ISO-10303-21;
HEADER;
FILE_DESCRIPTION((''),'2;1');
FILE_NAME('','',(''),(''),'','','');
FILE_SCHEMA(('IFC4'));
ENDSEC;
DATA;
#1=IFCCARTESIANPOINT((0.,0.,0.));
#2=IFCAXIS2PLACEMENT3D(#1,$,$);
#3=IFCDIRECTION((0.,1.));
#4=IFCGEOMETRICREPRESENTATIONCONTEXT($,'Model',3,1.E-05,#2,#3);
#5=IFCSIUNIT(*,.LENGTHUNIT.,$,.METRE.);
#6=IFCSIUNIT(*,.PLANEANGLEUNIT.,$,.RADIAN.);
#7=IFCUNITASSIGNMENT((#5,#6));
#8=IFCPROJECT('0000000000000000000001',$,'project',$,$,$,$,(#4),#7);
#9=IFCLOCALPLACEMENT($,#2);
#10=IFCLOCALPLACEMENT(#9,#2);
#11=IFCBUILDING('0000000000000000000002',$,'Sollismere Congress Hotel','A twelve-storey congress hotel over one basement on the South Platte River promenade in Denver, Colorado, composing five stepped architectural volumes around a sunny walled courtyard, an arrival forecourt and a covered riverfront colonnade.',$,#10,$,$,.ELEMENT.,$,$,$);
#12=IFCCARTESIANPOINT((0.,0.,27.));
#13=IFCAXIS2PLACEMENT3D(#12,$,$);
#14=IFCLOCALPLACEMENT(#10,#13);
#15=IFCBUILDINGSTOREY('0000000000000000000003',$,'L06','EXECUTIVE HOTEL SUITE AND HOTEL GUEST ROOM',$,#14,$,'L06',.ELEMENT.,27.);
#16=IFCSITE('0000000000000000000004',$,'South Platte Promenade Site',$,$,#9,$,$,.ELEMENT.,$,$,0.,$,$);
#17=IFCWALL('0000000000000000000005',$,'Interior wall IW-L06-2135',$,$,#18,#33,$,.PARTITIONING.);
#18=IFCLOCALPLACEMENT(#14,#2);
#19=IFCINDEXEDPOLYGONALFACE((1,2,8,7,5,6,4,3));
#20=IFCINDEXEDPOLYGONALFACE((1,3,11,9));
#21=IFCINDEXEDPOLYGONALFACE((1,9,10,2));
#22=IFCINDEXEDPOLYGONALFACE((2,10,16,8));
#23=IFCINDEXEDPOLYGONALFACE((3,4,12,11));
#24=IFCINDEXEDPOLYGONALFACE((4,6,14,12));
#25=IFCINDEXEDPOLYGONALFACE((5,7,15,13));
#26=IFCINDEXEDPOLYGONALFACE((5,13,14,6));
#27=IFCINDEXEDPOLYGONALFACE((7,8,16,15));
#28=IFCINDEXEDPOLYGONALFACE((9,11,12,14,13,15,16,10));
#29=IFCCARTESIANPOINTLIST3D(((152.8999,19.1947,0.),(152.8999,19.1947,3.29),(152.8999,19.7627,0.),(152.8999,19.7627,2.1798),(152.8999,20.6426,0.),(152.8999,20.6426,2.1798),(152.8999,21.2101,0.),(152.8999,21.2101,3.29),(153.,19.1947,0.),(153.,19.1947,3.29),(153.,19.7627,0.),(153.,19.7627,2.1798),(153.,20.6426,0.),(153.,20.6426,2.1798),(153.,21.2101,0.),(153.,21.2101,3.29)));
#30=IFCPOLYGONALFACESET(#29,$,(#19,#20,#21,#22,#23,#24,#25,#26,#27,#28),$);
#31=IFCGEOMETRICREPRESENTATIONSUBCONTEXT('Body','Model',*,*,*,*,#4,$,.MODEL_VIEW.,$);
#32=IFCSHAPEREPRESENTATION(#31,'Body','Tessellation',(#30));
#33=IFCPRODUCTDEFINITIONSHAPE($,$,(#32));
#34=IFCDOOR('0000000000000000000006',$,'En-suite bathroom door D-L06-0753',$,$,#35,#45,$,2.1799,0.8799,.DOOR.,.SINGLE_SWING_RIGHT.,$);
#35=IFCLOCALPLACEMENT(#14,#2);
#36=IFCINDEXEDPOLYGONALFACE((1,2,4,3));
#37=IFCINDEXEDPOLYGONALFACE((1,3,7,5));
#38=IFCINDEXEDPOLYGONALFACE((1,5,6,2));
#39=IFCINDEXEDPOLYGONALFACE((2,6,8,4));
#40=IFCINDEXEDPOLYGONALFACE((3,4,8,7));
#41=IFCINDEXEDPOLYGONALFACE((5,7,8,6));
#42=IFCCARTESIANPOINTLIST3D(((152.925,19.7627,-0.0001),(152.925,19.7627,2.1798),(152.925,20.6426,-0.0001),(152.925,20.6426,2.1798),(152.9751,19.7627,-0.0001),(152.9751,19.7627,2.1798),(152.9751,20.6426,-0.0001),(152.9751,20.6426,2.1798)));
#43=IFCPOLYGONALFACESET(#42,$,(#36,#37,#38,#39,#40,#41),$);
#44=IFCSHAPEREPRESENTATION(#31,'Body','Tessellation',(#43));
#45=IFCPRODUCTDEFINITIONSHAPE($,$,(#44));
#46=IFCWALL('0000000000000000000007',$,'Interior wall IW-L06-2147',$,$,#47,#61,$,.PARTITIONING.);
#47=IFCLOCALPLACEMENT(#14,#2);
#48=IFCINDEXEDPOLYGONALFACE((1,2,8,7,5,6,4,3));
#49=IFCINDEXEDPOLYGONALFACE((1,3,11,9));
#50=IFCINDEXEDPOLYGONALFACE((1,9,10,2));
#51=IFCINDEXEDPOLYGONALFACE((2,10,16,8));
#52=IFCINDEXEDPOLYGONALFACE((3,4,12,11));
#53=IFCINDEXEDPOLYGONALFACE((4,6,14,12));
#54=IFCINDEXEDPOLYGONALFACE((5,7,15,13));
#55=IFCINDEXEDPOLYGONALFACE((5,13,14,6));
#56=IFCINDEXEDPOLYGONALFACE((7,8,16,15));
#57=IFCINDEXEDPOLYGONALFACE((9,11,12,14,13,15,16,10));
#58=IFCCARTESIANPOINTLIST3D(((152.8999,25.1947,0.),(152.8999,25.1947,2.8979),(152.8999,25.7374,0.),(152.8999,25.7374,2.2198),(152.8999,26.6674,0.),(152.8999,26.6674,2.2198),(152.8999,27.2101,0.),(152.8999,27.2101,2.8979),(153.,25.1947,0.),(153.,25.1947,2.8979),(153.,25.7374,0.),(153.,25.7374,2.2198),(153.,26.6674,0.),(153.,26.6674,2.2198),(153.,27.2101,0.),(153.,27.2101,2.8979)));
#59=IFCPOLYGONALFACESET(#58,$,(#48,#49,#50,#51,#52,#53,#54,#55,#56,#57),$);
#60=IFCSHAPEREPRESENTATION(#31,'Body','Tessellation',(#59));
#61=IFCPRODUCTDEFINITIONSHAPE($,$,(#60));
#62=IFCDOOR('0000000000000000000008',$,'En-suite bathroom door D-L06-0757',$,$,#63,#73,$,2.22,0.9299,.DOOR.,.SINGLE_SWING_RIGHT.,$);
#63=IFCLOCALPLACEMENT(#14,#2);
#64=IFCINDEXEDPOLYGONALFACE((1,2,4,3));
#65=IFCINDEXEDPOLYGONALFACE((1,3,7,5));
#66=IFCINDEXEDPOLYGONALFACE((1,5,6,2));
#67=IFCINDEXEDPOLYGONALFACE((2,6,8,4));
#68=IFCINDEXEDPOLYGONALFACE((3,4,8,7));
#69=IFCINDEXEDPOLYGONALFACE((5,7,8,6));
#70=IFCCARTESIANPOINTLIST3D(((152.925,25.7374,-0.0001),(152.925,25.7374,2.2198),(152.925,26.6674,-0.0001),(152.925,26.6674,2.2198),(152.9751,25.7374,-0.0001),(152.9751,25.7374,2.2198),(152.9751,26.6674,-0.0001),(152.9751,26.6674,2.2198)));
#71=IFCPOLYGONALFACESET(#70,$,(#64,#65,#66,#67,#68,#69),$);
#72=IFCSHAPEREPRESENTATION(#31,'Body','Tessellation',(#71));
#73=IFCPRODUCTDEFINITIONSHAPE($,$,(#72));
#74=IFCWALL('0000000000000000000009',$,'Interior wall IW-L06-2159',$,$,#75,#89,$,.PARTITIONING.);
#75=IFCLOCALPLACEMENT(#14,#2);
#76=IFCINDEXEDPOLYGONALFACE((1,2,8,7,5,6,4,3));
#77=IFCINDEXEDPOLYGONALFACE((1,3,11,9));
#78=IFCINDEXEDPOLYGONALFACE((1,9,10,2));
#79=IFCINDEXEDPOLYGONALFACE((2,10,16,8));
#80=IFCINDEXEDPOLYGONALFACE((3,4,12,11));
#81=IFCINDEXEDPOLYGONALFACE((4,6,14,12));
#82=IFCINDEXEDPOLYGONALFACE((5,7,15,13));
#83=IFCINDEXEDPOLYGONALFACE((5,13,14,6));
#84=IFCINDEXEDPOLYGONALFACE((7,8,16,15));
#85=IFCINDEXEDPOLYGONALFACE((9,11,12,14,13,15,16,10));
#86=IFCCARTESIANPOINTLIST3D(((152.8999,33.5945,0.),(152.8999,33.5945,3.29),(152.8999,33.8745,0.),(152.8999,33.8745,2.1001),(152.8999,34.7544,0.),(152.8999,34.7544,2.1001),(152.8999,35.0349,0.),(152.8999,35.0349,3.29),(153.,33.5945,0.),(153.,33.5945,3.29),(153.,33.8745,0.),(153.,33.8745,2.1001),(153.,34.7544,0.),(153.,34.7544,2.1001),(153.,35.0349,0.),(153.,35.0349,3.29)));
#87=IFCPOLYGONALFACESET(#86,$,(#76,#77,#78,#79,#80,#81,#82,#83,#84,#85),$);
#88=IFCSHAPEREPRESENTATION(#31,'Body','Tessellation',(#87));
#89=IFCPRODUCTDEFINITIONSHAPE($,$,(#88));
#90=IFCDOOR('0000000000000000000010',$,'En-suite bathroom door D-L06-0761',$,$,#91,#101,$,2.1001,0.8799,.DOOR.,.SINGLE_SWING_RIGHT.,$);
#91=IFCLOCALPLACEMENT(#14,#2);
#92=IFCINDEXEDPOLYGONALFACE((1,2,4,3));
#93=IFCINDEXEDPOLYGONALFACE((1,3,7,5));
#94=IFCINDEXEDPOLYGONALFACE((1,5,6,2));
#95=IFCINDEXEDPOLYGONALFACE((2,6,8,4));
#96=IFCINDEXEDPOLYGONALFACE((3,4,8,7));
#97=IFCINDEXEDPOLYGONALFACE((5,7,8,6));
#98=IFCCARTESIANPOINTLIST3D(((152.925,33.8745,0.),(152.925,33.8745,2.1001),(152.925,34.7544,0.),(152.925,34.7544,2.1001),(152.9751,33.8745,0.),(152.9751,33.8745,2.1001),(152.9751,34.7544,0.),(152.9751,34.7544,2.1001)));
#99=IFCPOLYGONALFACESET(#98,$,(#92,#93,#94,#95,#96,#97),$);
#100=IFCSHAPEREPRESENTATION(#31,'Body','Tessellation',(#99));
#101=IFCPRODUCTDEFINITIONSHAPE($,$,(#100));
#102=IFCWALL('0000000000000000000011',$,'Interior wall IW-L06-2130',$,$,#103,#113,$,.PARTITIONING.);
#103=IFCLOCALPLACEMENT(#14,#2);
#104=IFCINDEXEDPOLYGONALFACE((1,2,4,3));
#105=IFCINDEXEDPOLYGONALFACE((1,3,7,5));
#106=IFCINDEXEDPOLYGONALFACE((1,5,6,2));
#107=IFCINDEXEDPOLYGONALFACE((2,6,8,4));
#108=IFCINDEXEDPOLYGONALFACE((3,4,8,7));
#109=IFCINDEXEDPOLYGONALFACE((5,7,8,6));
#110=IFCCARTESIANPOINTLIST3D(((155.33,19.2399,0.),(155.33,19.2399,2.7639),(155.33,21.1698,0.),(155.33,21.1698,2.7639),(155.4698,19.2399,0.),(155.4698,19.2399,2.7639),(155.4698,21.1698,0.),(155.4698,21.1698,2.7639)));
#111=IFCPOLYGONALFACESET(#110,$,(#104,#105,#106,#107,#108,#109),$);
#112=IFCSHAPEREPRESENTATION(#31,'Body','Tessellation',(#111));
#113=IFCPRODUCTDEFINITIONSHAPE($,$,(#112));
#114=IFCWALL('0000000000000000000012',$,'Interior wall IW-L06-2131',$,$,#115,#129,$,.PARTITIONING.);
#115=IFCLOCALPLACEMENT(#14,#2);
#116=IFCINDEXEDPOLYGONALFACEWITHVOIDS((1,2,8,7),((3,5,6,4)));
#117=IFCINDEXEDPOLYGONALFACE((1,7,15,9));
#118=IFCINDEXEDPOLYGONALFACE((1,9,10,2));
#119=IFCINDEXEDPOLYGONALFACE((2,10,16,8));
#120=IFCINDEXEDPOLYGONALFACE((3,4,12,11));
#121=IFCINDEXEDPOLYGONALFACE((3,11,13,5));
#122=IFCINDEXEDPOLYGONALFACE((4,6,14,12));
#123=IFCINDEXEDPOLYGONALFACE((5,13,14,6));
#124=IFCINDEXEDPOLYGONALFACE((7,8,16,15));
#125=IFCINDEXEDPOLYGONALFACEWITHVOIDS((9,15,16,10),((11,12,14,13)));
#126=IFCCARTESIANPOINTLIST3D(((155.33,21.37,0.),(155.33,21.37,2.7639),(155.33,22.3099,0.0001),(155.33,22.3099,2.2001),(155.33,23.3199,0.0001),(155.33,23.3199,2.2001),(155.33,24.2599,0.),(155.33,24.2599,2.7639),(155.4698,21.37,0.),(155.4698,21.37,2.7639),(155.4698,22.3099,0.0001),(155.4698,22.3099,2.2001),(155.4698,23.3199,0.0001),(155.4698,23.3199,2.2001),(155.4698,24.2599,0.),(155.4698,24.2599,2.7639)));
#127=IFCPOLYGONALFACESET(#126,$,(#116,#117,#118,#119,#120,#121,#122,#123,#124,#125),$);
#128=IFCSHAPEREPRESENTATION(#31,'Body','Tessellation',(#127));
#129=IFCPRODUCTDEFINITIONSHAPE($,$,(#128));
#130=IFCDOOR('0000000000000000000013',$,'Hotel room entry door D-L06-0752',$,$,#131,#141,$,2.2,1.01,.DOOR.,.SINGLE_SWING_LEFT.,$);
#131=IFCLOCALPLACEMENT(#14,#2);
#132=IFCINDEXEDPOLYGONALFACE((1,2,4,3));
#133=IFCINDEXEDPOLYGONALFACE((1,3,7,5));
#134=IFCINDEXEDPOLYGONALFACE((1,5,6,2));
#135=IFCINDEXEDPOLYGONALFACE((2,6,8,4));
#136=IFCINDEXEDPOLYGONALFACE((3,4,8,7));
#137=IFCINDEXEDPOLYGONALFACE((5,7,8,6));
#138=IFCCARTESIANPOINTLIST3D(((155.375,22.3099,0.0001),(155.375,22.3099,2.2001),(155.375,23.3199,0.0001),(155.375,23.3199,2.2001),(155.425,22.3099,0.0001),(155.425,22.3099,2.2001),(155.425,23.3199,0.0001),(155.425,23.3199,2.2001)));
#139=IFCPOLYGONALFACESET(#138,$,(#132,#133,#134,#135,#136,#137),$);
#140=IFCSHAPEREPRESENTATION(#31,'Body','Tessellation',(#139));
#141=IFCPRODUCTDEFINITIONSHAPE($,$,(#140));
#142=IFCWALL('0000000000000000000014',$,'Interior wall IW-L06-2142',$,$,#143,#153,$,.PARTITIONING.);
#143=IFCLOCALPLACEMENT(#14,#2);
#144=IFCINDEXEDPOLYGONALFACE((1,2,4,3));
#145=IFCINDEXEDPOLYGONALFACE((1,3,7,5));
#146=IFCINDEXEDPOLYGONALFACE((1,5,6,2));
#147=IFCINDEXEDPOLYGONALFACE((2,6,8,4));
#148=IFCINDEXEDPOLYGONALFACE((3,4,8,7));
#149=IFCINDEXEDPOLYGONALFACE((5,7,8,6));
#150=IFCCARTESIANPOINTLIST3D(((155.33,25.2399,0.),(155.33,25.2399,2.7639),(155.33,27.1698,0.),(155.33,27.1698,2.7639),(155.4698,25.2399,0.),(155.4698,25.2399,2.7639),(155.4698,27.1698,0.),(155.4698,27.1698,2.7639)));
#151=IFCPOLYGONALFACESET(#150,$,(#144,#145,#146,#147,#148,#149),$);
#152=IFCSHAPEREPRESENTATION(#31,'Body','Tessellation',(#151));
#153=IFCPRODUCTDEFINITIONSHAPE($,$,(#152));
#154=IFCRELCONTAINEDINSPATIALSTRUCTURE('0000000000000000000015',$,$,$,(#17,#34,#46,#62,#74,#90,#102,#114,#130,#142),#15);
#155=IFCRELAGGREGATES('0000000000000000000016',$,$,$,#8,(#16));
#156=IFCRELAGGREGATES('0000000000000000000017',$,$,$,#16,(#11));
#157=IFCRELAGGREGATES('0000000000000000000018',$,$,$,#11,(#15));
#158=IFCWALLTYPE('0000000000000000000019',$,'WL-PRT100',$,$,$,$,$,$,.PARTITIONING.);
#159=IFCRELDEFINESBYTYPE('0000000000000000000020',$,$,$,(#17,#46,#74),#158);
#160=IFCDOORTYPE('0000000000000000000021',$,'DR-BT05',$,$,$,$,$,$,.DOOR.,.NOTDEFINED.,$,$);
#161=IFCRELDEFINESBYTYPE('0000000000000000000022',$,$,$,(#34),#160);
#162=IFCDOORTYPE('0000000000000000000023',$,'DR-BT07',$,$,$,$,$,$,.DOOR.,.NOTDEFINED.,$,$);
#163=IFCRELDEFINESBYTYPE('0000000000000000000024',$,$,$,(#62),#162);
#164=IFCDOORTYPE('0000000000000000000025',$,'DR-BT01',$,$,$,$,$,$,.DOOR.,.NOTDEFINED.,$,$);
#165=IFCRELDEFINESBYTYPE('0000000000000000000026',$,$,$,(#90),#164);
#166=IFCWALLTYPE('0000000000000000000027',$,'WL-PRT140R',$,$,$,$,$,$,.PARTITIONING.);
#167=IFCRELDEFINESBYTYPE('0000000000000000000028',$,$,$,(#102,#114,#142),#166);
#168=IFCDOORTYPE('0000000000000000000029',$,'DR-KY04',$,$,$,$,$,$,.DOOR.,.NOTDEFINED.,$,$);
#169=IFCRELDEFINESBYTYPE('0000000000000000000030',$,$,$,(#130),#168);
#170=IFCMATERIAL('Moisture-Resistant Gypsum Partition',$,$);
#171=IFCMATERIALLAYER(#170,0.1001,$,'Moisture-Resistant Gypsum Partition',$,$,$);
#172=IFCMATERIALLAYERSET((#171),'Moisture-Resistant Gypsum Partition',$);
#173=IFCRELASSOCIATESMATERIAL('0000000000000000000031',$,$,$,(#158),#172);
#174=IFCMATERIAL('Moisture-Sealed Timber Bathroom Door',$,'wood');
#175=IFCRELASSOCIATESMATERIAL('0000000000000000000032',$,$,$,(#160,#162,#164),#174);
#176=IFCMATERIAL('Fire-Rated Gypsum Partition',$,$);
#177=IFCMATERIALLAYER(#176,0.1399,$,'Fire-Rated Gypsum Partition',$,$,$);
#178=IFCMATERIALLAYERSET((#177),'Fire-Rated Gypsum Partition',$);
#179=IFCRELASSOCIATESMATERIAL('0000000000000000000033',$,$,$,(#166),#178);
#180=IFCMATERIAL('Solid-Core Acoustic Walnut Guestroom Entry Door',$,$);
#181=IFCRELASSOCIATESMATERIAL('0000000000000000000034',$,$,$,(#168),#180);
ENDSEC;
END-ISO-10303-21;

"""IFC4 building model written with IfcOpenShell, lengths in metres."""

from ifc_helpers import new_model, si_unit, direction, frame, frame_2d, origin, place, context, subcontext, project, spatial, rectangle, extrude, material, layer, layer_set, type_object, element, fill, save


model = new_model("IFC4")

# Units and contexts
model_context = context("Model", 3, precision=1e-05, world=origin(), true_north=direction((0.0, 1.0)))
body_context = subcontext(model_context, "Body", "Model", "MODEL_VIEW")
ifc_project = project(units=[si_unit("LENGTHUNIT", "METRE"), si_unit("PLANEANGLEUNIT", "RADIAN")], contexts=[model_context])

# Site, building, storey
site_placement = place(None, origin())
site = spatial("IfcSite", under=ifc_project, at=site_placement, Name="South Platte Promenade Site", CompositionType="ELEMENT", RefElevation=0.0)
building_placement = place(site_placement, origin())
building = spatial("IfcBuilding", under=site, at=building_placement, Name="Sollismere Congress Hotel", Description="A twelve-storey congress hotel over one basement on the South Platte River promenade in Denver, Colorado, composing five stepped architectural volumes around a sunny walled courtyard, an arrival forecourt and a covered riverfront colonnade.", CompositionType="ELEMENT")
storey_placement = place(building_placement, frame((0.0, 0.0, 27.0)))
storey = spatial("IfcBuildingStorey", under=building, at=storey_placement, Name="L06", Description="EXECUTIVE HOTEL SUITE AND HOTEL GUEST ROOM", LongName="L06", CompositionType="ELEMENT", Elevation=27.0)

# Walls, openings, doors
ifc_material_1 = material(Name="Moisture-Resistant Gypsum Partition")
ifc_layer_1 = layer(ifc_material_1, 0.1001, Name="Moisture-Resistant Gypsum Partition")
ifc_layer_set_1 = layer_set([ifc_layer_1], Name="Moisture-Resistant Gypsum Partition")
wall_type_1 = type_object("IfcWallType", Name="WL-PRT100", PredefinedType="PARTITIONING", material=ifc_layer_set_1)
wall_1_placement = place(storey_placement, frame((152.95, 19.1946, 0.0), z_axis=(0.0, 0.0, 1.0), x_axis=(0.0, 1.0, 0.0)))
wall_1 = element("IfcWall", 1, at=wall_1_placement, inside=storey, type_object=wall_type_1, Name="Interior wall IW-L06-2135", PredefinedType="PARTITIONING", context=body_context, shape_type="SweptSolid", body=[
    extrude(rectangle(XDim=2.0154, YDim=0.1001, at=frame_2d((1.0078, 0.0))), origin(), (0.0, 0.0, 1.0), 3.29),
])
opening_1_placement = place(wall_1_placement, frame((0.5681, 0.0, 0.0)))
opening_1 = element("IfcOpeningElement", 2, at=opening_1_placement, cuts=wall_1, PredefinedType="OPENING", context=body_context, shape_type="SweptSolid", body=[
    extrude(rectangle(XDim=0.8799, YDim=2.1799, at=frame_2d((0.4399, 1.0898))), frame((0.0, 0.0601, 0.0), z_axis=(0.0, -1.0, 0.0), x_axis=(1.0, 0.0, 0.0)), (0.0, 0.0, 1.0), 0.1201),
])
ifc_material_2 = material(Name="Moisture-Sealed Timber Bathroom Door", Category="wood")
door_type_1 = type_object("IfcDoorType", Name="DR-BT05", OperationType="NOTDEFINED", PredefinedType="DOOR", material=ifc_material_2)
door_1_placement = place(opening_1_placement, origin())
door_1 = element("IfcDoor", 3, at=door_1_placement, inside=storey, type_object=door_type_1, Name="En-suite bathroom door D-L06-0753", OperationType="SINGLE_SWING_RIGHT", OverallHeight=2.1799, OverallWidth=0.8799, PredefinedType="DOOR", context=body_context, shape_type="SweptSolid", body=[
    extrude(rectangle(XDim=0.8799, YDim=2.1799, at=frame_2d((0.4399, 1.0898))), frame((0.0, 0.0249, 0.0), z_axis=(0.0, -1.0, 0.0), x_axis=(1.0, 0.0, 0.0)), (0.0, 0.0, 1.0), 0.05),
])
fill(opening_1, door_1)
wall_2_placement = place(storey_placement, frame((152.95, 25.1946, 0.0), z_axis=(0.0, 0.0, 1.0), x_axis=(0.0, 1.0, 0.0)))
wall_2 = element("IfcWall", 4, at=wall_2_placement, inside=storey, type_object=wall_type_1, Name="Interior wall IW-L06-2147", PredefinedType="PARTITIONING", context=body_context, shape_type="SweptSolid", body=[
    extrude(rectangle(XDim=2.0154, YDim=0.1001, at=frame_2d((1.0078, 0.0))), origin(), (0.0, 0.0, 1.0), 2.8979),
])
opening_2_placement = place(wall_2_placement, frame((0.543, 0.0, 0.0)))
opening_2 = element("IfcOpeningElement", 5, at=opening_2_placement, cuts=wall_2, PredefinedType="OPENING", context=body_context, shape_type="SweptSolid", body=[
    extrude(rectangle(XDim=0.9299, YDim=2.22, at=frame_2d((0.4648, 1.1099))), frame((0.0, 0.0601, 0.0), z_axis=(0.0, -1.0, 0.0), x_axis=(1.0, 0.0, 0.0)), (0.0, 0.0, 1.0), 0.1201),
])
door_type_2 = type_object("IfcDoorType", Name="DR-BT07", OperationType="NOTDEFINED", PredefinedType="DOOR", material=ifc_material_2)
door_2_placement = place(opening_2_placement, origin())
door_2 = element("IfcDoor", 6, at=door_2_placement, inside=storey, type_object=door_type_2, Name="En-suite bathroom door D-L06-0757", OperationType="SINGLE_SWING_RIGHT", OverallHeight=2.22, OverallWidth=0.9299, PredefinedType="DOOR", context=body_context, shape_type="SweptSolid", body=[
    extrude(rectangle(XDim=0.9299, YDim=2.22, at=frame_2d((0.4648, 1.1099))), frame((0.0, 0.0249, 0.0), z_axis=(0.0, -1.0, 0.0), x_axis=(1.0, 0.0, 0.0)), (0.0, 0.0, 1.0), 0.05),
])
fill(opening_2, door_2)
wall_3_placement = place(storey_placement, frame((152.95, 33.5945, 0.0), z_axis=(0.0, 0.0, 1.0), x_axis=(0.0, 1.0, 0.0)))
wall_3 = element("IfcWall", 7, at=wall_3_placement, inside=storey, type_object=wall_type_1, Name="Interior wall IW-L06-2159", PredefinedType="PARTITIONING", context=body_context, shape_type="SweptSolid", body=[
    extrude(rectangle(XDim=1.4404, YDim=0.1001, at=frame_2d((0.7202, 0.0))), origin(), (0.0, 0.0, 1.0), 3.29),
])
opening_3_placement = place(wall_3_placement, frame((0.28, 0.0, 0.0)))
opening_3 = element("IfcOpeningElement", 8, at=opening_3_placement, cuts=wall_3, PredefinedType="OPENING", context=body_context, shape_type="SweptSolid", body=[
    extrude(rectangle(XDim=0.8799, YDim=2.1001, at=frame_2d((0.4399, 1.05))), frame((0.0, 0.0601, 0.0), z_axis=(0.0, -1.0, 0.0), x_axis=(1.0, 0.0, 0.0)), (0.0, 0.0, 1.0), 0.1201),
])
door_type_3 = type_object("IfcDoorType", Name="DR-BT01", OperationType="NOTDEFINED", PredefinedType="DOOR", material=ifc_material_2)
door_3_placement = place(opening_3_placement, origin())
door_3 = element("IfcDoor", 9, at=door_3_placement, inside=storey, type_object=door_type_3, Name="En-suite bathroom door D-L06-0761", OperationType="SINGLE_SWING_RIGHT", OverallHeight=2.1001, OverallWidth=0.8799, PredefinedType="DOOR", context=body_context, shape_type="SweptSolid", body=[
    extrude(rectangle(XDim=0.8799, YDim=2.1001, at=frame_2d((0.4399, 1.05))), frame((0.0, 0.0249, 0.0), z_axis=(0.0, -1.0, 0.0), x_axis=(1.0, 0.0, 0.0)), (0.0, 0.0, 1.0), 0.05),
])
fill(opening_3, door_3)

# Wall
ifc_material_3 = material(Name="Fire-Rated Gypsum Partition")
ifc_layer_2 = layer(ifc_material_3, 0.1399, Name="Fire-Rated Gypsum Partition")
ifc_layer_set_2 = layer_set([ifc_layer_2], Name="Fire-Rated Gypsum Partition")
wall_type_2 = type_object("IfcWallType", Name="WL-PRT140R", PredefinedType="PARTITIONING", material=ifc_layer_set_2)
wall_4_placement = place(storey_placement, frame((155.3999, 19.24, 0.0), z_axis=(0.0, 0.0, 1.0), x_axis=(0.0, 1.0, 0.0)))
element("IfcWall", 10, at=wall_4_placement, inside=storey, type_object=wall_type_2, Name="Interior wall IW-L06-2130", PredefinedType="PARTITIONING", context=body_context, shape_type="SweptSolid", body=[
    extrude(rectangle(XDim=1.9299, YDim=0.1399, at=frame_2d((0.9648, 0.0))), origin(), (0.0, 0.0, 1.0), 2.7639),
])

# Wall, opening, door
wall_5_placement = place(storey_placement, frame((155.3999, 21.3701, 0.0), z_axis=(0.0, 0.0, 1.0), x_axis=(0.0, 1.0, 0.0)))
wall_5 = element("IfcWall", 11, at=wall_5_placement, inside=storey, type_object=wall_type_2, Name="Interior wall IW-L06-2131", PredefinedType="PARTITIONING", context=body_context, shape_type="SweptSolid", body=[
    extrude(rectangle(XDim=2.8899, YDim=0.1399, at=frame_2d((1.4448, 0.0))), origin(), (0.0, 0.0, 1.0), 2.7639),
])
opening_4_placement = place(wall_5_placement, frame((0.9399, 0.0, 0.0)))
opening_4 = element("IfcOpeningElement", 12, at=opening_4_placement, cuts=wall_5, PredefinedType="OPENING", context=body_context, shape_type="SweptSolid", body=[
    extrude(rectangle(XDim=1.01, YDim=2.2, at=frame_2d((0.5049, 1.1001))), frame((0.0, 0.0798, 0.0), z_axis=(0.0, -1.0, 0.0), x_axis=(1.0, 0.0, 0.0)), (0.0, 0.0, 1.0), 0.1599),
])
ifc_material_4 = material(Name="Solid-Core Acoustic Walnut Guestroom Entry Door")
door_type_4 = type_object("IfcDoorType", Name="DR-KY04", OperationType="NOTDEFINED", PredefinedType="DOOR", material=ifc_material_4)
door_4_placement = place(opening_4_placement, origin())
door_4 = element("IfcDoor", 13, at=door_4_placement, inside=storey, type_object=door_type_4, Name="Hotel room entry door D-L06-0752", OperationType="SINGLE_SWING_LEFT", OverallHeight=2.2, OverallWidth=1.01, PredefinedType="DOOR", context=body_context, shape_type="SweptSolid", body=[
    extrude(rectangle(XDim=1.01, YDim=2.2, at=frame_2d((0.5049, 1.1001))), frame((0.0, 0.0249, 0.0), z_axis=(0.0, -1.0, 0.0), x_axis=(1.0, 0.0, 0.0)), (0.0, 0.0, 1.0), 0.05),
])
fill(opening_4, door_4)

# Wall
wall_6_placement = place(storey_placement, frame((155.3999, 25.24, 0.0), z_axis=(0.0, 0.0, 1.0), x_axis=(0.0, 1.0, 0.0)))
element("IfcWall", 14, at=wall_6_placement, inside=storey, type_object=wall_type_2, Name="Interior wall IW-L06-2142", PredefinedType="PARTITIONING", context=body_context, shape_type="SweptSolid", body=[
    extrude(rectangle(XDim=1.9299, YDim=0.1399, at=frame_2d((0.9648, 0.0))), origin(), (0.0, 0.0, 1.0), 2.7639),
])

save(model, "model.ifc")
